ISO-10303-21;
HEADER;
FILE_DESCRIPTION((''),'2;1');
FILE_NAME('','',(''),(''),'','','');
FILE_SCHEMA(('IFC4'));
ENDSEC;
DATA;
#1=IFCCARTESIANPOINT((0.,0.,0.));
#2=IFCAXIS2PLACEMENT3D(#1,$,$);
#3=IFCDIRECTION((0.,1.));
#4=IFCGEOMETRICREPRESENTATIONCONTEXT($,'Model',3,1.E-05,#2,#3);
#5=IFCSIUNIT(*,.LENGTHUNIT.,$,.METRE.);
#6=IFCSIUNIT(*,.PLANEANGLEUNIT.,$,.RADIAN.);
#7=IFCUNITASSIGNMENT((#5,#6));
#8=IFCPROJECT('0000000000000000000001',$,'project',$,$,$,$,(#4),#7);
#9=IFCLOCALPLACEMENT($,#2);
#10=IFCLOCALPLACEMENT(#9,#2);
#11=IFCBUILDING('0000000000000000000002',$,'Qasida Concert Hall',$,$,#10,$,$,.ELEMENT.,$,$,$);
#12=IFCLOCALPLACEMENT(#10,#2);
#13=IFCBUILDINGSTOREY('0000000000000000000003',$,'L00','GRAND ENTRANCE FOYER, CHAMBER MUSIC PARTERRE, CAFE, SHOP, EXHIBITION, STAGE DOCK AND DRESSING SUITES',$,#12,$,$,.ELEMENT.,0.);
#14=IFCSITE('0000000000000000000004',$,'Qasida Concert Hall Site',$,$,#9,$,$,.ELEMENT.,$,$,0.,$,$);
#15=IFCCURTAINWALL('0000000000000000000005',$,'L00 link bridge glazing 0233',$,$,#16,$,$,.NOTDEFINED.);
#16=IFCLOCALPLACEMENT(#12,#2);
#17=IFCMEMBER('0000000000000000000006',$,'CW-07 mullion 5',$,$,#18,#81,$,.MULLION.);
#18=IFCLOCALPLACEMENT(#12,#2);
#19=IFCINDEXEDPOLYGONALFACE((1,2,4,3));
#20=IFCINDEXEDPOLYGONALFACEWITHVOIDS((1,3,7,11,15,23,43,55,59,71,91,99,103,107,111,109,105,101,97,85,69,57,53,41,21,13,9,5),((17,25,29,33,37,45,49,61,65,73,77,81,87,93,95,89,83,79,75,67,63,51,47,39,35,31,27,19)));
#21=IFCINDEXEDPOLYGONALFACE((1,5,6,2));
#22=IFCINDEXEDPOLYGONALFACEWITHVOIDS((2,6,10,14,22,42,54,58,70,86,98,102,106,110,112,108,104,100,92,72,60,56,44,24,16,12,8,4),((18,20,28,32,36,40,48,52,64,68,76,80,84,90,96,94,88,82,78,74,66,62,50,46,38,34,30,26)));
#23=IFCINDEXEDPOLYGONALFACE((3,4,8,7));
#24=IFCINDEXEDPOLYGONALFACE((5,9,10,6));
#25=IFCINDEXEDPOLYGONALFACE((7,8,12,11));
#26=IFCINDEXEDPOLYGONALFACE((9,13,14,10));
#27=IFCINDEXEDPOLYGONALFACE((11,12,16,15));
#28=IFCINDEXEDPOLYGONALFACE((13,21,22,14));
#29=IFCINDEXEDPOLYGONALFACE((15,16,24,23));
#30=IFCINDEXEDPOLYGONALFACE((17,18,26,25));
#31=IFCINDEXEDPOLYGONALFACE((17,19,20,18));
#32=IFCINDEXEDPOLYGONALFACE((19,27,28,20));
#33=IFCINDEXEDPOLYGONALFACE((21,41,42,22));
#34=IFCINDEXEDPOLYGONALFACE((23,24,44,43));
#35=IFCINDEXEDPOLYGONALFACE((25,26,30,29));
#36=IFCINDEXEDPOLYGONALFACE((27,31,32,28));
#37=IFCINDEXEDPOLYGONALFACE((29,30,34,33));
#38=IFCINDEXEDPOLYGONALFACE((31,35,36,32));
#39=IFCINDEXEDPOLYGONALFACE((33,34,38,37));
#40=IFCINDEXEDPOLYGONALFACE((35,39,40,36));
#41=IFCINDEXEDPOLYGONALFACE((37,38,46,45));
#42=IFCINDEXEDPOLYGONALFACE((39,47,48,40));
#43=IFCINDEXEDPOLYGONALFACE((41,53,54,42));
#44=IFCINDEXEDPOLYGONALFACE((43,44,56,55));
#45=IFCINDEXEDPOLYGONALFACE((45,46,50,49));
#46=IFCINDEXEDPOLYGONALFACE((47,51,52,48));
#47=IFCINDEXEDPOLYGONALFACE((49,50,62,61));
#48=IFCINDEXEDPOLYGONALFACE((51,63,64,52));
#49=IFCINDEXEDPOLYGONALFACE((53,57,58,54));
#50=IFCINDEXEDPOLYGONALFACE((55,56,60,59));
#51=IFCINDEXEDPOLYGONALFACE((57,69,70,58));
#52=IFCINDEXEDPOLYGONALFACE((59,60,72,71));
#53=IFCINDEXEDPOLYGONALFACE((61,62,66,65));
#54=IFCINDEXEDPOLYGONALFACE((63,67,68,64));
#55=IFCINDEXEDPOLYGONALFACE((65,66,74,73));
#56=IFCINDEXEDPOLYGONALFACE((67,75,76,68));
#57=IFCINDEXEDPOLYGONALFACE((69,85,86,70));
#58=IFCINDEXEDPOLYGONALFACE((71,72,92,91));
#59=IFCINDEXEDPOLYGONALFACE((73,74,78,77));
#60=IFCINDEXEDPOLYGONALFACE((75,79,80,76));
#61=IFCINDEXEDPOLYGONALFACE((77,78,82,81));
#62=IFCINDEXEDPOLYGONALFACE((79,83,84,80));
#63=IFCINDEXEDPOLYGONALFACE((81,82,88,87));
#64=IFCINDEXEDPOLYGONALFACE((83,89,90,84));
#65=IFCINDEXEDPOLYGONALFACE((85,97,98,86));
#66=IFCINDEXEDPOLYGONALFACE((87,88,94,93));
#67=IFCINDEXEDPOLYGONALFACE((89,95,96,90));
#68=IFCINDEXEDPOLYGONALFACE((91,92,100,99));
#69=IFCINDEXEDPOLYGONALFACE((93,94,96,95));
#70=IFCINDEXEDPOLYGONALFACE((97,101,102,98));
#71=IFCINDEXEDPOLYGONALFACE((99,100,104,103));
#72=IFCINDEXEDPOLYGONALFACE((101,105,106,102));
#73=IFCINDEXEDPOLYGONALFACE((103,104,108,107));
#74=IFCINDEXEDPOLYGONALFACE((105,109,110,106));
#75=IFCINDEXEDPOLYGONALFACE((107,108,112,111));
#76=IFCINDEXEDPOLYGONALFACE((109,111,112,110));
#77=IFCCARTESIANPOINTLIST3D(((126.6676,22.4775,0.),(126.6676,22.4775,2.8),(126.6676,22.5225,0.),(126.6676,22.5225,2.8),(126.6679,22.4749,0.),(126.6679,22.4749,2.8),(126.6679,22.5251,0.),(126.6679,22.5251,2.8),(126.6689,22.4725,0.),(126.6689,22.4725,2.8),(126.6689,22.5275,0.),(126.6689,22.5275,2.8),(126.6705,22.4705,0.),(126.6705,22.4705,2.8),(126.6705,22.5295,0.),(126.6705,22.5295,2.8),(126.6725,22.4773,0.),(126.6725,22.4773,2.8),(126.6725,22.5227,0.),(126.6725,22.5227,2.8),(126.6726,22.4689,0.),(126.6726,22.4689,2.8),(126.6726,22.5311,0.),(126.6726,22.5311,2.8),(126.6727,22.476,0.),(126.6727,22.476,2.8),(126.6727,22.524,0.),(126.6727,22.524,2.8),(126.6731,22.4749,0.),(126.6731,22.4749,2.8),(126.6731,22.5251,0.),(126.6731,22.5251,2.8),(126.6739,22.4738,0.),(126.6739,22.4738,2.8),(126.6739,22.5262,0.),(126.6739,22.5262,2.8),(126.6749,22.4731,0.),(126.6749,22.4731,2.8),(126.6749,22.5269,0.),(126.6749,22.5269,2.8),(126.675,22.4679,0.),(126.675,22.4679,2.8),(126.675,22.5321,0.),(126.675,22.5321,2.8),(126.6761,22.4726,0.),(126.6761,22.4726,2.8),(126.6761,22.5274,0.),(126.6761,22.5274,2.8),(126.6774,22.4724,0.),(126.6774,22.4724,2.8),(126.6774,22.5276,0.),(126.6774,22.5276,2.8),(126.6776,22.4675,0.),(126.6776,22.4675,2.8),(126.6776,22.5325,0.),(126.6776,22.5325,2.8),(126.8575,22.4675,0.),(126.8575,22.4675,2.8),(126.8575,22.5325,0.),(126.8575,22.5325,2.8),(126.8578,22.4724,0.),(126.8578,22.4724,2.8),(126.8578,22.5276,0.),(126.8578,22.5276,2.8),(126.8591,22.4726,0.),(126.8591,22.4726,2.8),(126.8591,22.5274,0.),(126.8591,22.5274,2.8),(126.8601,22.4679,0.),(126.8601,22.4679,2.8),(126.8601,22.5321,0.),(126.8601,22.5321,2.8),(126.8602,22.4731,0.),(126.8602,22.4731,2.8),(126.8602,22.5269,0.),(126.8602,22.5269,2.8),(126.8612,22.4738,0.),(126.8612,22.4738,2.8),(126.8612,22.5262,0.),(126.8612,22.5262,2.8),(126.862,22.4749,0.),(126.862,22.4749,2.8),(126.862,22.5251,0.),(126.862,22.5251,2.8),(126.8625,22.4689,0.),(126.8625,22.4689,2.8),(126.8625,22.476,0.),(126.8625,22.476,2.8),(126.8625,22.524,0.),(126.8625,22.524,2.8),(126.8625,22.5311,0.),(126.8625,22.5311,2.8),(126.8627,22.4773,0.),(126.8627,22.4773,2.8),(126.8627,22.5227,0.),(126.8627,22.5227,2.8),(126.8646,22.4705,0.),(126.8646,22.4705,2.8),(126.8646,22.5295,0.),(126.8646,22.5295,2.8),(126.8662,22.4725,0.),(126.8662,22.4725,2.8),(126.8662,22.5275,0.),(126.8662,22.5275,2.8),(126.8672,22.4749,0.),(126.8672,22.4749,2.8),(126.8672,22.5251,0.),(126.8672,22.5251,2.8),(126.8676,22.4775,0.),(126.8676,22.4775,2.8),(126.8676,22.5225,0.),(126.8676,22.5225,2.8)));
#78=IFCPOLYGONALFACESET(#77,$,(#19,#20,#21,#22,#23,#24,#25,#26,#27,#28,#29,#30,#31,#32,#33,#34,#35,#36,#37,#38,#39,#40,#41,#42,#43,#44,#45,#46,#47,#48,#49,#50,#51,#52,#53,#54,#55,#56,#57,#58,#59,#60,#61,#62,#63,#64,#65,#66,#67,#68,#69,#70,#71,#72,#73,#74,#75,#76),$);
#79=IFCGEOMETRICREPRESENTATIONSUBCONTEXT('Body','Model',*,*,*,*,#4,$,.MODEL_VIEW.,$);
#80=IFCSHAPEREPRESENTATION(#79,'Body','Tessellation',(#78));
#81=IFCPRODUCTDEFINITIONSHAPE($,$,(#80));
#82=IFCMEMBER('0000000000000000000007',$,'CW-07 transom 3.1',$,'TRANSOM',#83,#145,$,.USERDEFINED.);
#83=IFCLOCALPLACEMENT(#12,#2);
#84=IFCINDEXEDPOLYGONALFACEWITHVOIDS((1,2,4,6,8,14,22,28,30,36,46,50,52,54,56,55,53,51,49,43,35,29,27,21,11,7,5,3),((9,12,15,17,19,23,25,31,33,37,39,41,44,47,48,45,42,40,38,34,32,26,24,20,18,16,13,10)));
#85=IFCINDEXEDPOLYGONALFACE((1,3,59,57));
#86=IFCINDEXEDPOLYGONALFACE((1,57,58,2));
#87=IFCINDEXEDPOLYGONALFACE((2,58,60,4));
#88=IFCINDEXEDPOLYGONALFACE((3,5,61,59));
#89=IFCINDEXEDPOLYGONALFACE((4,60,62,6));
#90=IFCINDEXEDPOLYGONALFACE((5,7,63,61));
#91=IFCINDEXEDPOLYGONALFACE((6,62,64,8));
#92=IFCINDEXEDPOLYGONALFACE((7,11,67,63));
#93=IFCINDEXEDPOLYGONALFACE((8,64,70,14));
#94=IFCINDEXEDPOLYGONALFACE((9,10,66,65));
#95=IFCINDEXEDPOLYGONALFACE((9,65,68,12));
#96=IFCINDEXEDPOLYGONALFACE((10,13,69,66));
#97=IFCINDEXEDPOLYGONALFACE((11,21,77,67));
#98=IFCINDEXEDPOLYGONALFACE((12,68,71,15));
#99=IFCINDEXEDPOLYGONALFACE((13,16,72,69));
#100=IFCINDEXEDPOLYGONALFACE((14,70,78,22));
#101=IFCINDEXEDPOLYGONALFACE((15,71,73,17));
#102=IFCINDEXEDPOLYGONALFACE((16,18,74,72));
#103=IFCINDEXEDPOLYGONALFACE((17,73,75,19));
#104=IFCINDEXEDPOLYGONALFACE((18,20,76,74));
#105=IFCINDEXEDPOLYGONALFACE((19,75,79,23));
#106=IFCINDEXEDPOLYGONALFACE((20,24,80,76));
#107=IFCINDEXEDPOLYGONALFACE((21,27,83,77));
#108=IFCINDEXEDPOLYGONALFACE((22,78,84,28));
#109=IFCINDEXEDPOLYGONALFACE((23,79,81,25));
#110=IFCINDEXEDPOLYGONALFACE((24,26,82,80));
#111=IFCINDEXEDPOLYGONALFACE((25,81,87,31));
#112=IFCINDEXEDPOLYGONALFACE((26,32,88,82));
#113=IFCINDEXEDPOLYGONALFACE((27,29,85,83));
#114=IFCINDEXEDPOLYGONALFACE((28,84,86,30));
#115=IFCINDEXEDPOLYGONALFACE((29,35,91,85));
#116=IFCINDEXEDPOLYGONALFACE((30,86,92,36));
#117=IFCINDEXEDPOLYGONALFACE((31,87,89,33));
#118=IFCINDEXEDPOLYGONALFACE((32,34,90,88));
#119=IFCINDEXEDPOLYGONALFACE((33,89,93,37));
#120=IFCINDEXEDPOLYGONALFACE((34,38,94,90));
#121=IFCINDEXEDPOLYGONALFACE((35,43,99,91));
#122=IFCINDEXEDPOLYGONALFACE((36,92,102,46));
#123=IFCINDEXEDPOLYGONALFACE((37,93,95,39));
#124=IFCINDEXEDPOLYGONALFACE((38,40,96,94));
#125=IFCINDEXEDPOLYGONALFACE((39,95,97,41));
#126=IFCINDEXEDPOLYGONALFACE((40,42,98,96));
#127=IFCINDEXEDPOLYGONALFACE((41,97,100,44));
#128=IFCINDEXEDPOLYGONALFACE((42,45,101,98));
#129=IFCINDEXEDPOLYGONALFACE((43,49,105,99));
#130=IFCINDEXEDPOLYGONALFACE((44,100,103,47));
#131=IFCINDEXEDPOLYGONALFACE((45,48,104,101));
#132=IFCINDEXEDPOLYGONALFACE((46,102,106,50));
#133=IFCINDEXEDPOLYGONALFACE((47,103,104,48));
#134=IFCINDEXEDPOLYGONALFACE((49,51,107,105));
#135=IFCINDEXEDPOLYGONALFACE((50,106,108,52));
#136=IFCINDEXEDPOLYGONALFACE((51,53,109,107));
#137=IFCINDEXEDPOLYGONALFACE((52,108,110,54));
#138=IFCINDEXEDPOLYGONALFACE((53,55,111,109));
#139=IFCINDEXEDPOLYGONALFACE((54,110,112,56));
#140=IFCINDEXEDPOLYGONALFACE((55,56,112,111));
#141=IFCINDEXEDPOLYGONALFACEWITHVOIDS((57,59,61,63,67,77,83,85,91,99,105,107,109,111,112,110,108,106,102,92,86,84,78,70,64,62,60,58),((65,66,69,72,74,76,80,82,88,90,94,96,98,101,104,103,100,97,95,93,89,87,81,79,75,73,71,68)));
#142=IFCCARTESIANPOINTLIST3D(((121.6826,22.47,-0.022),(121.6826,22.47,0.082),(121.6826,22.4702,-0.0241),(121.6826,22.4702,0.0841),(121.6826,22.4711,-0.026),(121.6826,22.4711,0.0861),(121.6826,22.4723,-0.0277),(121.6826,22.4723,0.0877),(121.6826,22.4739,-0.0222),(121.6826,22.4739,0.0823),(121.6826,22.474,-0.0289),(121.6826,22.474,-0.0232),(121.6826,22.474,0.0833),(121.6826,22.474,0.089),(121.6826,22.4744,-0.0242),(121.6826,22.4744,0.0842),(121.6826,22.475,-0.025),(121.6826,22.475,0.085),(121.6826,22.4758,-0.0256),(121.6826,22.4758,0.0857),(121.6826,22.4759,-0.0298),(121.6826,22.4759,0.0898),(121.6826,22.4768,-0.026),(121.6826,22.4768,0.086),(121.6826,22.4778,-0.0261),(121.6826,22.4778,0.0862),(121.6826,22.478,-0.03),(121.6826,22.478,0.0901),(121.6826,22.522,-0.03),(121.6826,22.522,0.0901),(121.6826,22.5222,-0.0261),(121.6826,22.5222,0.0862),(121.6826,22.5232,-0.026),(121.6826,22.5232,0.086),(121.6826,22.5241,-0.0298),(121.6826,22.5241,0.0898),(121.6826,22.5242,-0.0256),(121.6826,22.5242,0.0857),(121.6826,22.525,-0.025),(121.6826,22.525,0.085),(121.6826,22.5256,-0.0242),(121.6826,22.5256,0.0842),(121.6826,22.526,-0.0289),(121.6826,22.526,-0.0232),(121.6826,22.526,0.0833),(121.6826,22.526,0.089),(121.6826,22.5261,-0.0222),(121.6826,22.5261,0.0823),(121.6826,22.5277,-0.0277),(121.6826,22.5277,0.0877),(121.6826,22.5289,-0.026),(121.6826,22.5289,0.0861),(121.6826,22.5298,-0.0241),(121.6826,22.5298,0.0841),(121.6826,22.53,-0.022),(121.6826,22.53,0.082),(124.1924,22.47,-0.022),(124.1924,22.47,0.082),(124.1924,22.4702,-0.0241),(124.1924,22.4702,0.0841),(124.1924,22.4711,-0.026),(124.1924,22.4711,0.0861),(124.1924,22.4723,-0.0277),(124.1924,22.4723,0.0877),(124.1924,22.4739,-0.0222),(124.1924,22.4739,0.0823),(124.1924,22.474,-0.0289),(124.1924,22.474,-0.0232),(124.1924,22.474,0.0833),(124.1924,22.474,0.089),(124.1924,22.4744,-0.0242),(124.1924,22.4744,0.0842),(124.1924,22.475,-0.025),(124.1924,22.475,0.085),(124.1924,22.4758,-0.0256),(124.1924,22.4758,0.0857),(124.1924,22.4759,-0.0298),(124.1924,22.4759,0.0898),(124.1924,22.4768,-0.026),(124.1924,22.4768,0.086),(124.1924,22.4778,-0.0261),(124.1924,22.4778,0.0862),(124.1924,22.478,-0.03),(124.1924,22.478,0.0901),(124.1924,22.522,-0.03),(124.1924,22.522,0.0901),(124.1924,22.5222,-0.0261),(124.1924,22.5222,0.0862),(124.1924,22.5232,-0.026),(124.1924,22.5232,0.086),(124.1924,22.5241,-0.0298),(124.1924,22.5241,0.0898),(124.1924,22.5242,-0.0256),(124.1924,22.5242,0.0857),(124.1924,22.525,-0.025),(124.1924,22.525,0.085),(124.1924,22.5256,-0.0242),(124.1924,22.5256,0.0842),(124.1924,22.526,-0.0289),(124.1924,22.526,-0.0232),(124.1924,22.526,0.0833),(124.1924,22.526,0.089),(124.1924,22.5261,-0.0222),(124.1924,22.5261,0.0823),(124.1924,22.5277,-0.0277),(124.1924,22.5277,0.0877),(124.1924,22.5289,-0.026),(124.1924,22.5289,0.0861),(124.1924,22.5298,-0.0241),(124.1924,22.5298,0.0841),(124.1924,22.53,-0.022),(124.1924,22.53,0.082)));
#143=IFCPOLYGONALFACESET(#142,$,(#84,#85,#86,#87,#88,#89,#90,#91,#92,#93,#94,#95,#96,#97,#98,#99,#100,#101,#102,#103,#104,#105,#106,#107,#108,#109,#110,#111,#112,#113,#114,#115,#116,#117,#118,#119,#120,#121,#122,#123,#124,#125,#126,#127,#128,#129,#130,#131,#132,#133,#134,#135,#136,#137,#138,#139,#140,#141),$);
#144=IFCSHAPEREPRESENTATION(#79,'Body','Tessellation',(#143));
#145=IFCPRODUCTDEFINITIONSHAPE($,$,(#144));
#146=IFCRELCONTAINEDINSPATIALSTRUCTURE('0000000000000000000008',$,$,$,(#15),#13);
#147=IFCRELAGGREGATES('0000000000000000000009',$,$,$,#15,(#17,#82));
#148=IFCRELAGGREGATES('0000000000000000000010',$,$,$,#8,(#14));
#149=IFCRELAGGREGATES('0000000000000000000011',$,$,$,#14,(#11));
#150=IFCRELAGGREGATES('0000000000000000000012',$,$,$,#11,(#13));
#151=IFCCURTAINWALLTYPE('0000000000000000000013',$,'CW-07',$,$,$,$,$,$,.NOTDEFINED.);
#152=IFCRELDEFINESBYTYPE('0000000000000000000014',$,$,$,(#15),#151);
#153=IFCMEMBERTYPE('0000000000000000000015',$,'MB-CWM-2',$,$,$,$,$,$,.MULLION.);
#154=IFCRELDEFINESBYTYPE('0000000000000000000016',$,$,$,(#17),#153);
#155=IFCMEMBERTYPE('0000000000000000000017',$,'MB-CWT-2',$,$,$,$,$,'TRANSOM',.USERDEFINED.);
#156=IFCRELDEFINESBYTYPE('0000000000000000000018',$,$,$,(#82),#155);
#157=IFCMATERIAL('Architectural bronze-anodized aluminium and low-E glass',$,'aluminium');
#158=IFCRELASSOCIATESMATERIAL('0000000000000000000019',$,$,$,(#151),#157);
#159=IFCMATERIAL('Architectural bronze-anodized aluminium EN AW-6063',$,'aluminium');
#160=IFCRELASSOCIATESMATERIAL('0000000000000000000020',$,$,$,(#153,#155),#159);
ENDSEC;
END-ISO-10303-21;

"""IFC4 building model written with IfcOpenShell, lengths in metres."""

from ifc_helpers import new_model, si_unit, direction, frame, origin, origin_2d, place, context, subcontext, project, spatial, hollow_rectangle, extrude, material, material_profile, profile_set, type_object, element, aggregate, save


model = new_model("IFC4")

# Units and contexts
model_context = context("Model", 3, precision=1e-05, world=origin(), true_north=direction((0.0, 1.0)))
body_context = subcontext(model_context, "Body", "Model", "MODEL_VIEW")
ifc_project = project(units=[si_unit("LENGTHUNIT", "METRE"), si_unit("PLANEANGLEUNIT", "RADIAN")], contexts=[model_context])

# Site, building, storey
site_placement = place(None, origin())
site = spatial("IfcSite", under=ifc_project, at=site_placement, Name="Qasida Concert Hall Site", CompositionType="ELEMENT", RefElevation=0.0)
building_placement = place(site_placement, origin())
building = spatial("IfcBuilding", under=site, at=building_placement, Name="Qasida Concert Hall", CompositionType="ELEMENT")
storey_placement = place(building_placement, origin())
storey = spatial("IfcBuildingStorey", under=building, at=storey_placement, Name="L00", Description="GRAND ENTRANCE FOYER, CHAMBER MUSIC PARTERRE, CAFE, SHOP, EXHIBITION, STAGE DOCK AND DRESSING SUITES", CompositionType="ELEMENT", Elevation=0.0)

# Curtain wall, members
ifc_material_1 = material(Name="Architectural bronze-anodized aluminium and low-E glass", Category="aluminium")
curtain_wall_type = type_object("IfcCurtainWallType", Name="CW-07", PredefinedType="NOTDEFINED", material=ifc_material_1)
curtain_wall_placement = place(storey_placement, origin())
curtain_wall = element("IfcCurtainWall", 1, at=curtain_wall_placement, inside=storey, type_object=curtain_wall_type, Name="L00 link bridge glazing 0233", PredefinedType="NOTDEFINED")
ifc_material_2 = material(Name="Architectural bronze-anodized aluminium EN AW-6063", Category="aluminium")
ifc_material_profile_1 = material_profile(ifc_material_2, hollow_rectangle(XDim=0.0649, YDim=0.2, WallThickness=0.0049, InnerFilletRadius=0.0049, OuterFilletRadius=0.01, at=origin_2d()), Name="CWM 200x65x5")
ifc_profile_set_1 = profile_set([ifc_material_profile_1], Name="Architectural bronze-anodized aluminium EN AW-6063")
member_type_1 = type_object("IfcMemberType", Name="MB-CWM-2", PredefinedType="MULLION", material=ifc_profile_set_1)
member_1_placement = place(storey_placement, frame((126.7676, 22.5, 0.0), z_axis=(0.0, 0.0, 1.0), x_axis=(0.0, 1.0, 0.0)))
member_1 = element("IfcMember", 2, at=member_1_placement, type_object=member_type_1, Name="CW-07 mullion 5", PredefinedType="MULLION", context=body_context, shape_type="SweptSolid", body=[
    extrude(hollow_rectangle(XDim=0.0649, YDim=0.2, WallThickness=0.0049, InnerFilletRadius=0.0049, OuterFilletRadius=0.01, at=origin_2d()), origin(), (0.0, 0.0, 1.0), 2.8),
])
ifc_material_profile_2 = material_profile(ifc_material_2, hollow_rectangle(XDim=0.0601, YDim=0.1201, WallThickness=0.0039, InnerFilletRadius=0.0039, OuterFilletRadius=0.0081, at=origin_2d()), Name="CWT 120x60x4")
ifc_profile_set_2 = profile_set([ifc_material_profile_2], Name="Architectural bronze-anodized aluminium EN AW-6063")
member_type_2 = type_object("IfcMemberType", Name="MB-CWT-2", ElementType="TRANSOM", PredefinedType="USERDEFINED", material=ifc_profile_set_2)
member_2_placement = place(storey_placement, frame((121.6826, 22.5, 0.03), z_axis=(1.0, 0.0, 0.0), x_axis=(0.0, 1.0, 0.0)))
member_2 = element("IfcMember", 3, at=member_2_placement, type_object=member_type_2, Name="CW-07 transom 3.1", ObjectType="TRANSOM", PredefinedType="USERDEFINED", context=body_context, shape_type="SweptSolid", body=[
    extrude(hollow_rectangle(XDim=0.0601, YDim=0.1201, WallThickness=0.0039, InnerFilletRadius=0.0039, OuterFilletRadius=0.0081, at=origin_2d()), origin(), (0.0, 0.0, 1.0), 2.5098),
])
aggregate(curtain_wall, [member_1, member_2])

save(model, "model.ifc")
